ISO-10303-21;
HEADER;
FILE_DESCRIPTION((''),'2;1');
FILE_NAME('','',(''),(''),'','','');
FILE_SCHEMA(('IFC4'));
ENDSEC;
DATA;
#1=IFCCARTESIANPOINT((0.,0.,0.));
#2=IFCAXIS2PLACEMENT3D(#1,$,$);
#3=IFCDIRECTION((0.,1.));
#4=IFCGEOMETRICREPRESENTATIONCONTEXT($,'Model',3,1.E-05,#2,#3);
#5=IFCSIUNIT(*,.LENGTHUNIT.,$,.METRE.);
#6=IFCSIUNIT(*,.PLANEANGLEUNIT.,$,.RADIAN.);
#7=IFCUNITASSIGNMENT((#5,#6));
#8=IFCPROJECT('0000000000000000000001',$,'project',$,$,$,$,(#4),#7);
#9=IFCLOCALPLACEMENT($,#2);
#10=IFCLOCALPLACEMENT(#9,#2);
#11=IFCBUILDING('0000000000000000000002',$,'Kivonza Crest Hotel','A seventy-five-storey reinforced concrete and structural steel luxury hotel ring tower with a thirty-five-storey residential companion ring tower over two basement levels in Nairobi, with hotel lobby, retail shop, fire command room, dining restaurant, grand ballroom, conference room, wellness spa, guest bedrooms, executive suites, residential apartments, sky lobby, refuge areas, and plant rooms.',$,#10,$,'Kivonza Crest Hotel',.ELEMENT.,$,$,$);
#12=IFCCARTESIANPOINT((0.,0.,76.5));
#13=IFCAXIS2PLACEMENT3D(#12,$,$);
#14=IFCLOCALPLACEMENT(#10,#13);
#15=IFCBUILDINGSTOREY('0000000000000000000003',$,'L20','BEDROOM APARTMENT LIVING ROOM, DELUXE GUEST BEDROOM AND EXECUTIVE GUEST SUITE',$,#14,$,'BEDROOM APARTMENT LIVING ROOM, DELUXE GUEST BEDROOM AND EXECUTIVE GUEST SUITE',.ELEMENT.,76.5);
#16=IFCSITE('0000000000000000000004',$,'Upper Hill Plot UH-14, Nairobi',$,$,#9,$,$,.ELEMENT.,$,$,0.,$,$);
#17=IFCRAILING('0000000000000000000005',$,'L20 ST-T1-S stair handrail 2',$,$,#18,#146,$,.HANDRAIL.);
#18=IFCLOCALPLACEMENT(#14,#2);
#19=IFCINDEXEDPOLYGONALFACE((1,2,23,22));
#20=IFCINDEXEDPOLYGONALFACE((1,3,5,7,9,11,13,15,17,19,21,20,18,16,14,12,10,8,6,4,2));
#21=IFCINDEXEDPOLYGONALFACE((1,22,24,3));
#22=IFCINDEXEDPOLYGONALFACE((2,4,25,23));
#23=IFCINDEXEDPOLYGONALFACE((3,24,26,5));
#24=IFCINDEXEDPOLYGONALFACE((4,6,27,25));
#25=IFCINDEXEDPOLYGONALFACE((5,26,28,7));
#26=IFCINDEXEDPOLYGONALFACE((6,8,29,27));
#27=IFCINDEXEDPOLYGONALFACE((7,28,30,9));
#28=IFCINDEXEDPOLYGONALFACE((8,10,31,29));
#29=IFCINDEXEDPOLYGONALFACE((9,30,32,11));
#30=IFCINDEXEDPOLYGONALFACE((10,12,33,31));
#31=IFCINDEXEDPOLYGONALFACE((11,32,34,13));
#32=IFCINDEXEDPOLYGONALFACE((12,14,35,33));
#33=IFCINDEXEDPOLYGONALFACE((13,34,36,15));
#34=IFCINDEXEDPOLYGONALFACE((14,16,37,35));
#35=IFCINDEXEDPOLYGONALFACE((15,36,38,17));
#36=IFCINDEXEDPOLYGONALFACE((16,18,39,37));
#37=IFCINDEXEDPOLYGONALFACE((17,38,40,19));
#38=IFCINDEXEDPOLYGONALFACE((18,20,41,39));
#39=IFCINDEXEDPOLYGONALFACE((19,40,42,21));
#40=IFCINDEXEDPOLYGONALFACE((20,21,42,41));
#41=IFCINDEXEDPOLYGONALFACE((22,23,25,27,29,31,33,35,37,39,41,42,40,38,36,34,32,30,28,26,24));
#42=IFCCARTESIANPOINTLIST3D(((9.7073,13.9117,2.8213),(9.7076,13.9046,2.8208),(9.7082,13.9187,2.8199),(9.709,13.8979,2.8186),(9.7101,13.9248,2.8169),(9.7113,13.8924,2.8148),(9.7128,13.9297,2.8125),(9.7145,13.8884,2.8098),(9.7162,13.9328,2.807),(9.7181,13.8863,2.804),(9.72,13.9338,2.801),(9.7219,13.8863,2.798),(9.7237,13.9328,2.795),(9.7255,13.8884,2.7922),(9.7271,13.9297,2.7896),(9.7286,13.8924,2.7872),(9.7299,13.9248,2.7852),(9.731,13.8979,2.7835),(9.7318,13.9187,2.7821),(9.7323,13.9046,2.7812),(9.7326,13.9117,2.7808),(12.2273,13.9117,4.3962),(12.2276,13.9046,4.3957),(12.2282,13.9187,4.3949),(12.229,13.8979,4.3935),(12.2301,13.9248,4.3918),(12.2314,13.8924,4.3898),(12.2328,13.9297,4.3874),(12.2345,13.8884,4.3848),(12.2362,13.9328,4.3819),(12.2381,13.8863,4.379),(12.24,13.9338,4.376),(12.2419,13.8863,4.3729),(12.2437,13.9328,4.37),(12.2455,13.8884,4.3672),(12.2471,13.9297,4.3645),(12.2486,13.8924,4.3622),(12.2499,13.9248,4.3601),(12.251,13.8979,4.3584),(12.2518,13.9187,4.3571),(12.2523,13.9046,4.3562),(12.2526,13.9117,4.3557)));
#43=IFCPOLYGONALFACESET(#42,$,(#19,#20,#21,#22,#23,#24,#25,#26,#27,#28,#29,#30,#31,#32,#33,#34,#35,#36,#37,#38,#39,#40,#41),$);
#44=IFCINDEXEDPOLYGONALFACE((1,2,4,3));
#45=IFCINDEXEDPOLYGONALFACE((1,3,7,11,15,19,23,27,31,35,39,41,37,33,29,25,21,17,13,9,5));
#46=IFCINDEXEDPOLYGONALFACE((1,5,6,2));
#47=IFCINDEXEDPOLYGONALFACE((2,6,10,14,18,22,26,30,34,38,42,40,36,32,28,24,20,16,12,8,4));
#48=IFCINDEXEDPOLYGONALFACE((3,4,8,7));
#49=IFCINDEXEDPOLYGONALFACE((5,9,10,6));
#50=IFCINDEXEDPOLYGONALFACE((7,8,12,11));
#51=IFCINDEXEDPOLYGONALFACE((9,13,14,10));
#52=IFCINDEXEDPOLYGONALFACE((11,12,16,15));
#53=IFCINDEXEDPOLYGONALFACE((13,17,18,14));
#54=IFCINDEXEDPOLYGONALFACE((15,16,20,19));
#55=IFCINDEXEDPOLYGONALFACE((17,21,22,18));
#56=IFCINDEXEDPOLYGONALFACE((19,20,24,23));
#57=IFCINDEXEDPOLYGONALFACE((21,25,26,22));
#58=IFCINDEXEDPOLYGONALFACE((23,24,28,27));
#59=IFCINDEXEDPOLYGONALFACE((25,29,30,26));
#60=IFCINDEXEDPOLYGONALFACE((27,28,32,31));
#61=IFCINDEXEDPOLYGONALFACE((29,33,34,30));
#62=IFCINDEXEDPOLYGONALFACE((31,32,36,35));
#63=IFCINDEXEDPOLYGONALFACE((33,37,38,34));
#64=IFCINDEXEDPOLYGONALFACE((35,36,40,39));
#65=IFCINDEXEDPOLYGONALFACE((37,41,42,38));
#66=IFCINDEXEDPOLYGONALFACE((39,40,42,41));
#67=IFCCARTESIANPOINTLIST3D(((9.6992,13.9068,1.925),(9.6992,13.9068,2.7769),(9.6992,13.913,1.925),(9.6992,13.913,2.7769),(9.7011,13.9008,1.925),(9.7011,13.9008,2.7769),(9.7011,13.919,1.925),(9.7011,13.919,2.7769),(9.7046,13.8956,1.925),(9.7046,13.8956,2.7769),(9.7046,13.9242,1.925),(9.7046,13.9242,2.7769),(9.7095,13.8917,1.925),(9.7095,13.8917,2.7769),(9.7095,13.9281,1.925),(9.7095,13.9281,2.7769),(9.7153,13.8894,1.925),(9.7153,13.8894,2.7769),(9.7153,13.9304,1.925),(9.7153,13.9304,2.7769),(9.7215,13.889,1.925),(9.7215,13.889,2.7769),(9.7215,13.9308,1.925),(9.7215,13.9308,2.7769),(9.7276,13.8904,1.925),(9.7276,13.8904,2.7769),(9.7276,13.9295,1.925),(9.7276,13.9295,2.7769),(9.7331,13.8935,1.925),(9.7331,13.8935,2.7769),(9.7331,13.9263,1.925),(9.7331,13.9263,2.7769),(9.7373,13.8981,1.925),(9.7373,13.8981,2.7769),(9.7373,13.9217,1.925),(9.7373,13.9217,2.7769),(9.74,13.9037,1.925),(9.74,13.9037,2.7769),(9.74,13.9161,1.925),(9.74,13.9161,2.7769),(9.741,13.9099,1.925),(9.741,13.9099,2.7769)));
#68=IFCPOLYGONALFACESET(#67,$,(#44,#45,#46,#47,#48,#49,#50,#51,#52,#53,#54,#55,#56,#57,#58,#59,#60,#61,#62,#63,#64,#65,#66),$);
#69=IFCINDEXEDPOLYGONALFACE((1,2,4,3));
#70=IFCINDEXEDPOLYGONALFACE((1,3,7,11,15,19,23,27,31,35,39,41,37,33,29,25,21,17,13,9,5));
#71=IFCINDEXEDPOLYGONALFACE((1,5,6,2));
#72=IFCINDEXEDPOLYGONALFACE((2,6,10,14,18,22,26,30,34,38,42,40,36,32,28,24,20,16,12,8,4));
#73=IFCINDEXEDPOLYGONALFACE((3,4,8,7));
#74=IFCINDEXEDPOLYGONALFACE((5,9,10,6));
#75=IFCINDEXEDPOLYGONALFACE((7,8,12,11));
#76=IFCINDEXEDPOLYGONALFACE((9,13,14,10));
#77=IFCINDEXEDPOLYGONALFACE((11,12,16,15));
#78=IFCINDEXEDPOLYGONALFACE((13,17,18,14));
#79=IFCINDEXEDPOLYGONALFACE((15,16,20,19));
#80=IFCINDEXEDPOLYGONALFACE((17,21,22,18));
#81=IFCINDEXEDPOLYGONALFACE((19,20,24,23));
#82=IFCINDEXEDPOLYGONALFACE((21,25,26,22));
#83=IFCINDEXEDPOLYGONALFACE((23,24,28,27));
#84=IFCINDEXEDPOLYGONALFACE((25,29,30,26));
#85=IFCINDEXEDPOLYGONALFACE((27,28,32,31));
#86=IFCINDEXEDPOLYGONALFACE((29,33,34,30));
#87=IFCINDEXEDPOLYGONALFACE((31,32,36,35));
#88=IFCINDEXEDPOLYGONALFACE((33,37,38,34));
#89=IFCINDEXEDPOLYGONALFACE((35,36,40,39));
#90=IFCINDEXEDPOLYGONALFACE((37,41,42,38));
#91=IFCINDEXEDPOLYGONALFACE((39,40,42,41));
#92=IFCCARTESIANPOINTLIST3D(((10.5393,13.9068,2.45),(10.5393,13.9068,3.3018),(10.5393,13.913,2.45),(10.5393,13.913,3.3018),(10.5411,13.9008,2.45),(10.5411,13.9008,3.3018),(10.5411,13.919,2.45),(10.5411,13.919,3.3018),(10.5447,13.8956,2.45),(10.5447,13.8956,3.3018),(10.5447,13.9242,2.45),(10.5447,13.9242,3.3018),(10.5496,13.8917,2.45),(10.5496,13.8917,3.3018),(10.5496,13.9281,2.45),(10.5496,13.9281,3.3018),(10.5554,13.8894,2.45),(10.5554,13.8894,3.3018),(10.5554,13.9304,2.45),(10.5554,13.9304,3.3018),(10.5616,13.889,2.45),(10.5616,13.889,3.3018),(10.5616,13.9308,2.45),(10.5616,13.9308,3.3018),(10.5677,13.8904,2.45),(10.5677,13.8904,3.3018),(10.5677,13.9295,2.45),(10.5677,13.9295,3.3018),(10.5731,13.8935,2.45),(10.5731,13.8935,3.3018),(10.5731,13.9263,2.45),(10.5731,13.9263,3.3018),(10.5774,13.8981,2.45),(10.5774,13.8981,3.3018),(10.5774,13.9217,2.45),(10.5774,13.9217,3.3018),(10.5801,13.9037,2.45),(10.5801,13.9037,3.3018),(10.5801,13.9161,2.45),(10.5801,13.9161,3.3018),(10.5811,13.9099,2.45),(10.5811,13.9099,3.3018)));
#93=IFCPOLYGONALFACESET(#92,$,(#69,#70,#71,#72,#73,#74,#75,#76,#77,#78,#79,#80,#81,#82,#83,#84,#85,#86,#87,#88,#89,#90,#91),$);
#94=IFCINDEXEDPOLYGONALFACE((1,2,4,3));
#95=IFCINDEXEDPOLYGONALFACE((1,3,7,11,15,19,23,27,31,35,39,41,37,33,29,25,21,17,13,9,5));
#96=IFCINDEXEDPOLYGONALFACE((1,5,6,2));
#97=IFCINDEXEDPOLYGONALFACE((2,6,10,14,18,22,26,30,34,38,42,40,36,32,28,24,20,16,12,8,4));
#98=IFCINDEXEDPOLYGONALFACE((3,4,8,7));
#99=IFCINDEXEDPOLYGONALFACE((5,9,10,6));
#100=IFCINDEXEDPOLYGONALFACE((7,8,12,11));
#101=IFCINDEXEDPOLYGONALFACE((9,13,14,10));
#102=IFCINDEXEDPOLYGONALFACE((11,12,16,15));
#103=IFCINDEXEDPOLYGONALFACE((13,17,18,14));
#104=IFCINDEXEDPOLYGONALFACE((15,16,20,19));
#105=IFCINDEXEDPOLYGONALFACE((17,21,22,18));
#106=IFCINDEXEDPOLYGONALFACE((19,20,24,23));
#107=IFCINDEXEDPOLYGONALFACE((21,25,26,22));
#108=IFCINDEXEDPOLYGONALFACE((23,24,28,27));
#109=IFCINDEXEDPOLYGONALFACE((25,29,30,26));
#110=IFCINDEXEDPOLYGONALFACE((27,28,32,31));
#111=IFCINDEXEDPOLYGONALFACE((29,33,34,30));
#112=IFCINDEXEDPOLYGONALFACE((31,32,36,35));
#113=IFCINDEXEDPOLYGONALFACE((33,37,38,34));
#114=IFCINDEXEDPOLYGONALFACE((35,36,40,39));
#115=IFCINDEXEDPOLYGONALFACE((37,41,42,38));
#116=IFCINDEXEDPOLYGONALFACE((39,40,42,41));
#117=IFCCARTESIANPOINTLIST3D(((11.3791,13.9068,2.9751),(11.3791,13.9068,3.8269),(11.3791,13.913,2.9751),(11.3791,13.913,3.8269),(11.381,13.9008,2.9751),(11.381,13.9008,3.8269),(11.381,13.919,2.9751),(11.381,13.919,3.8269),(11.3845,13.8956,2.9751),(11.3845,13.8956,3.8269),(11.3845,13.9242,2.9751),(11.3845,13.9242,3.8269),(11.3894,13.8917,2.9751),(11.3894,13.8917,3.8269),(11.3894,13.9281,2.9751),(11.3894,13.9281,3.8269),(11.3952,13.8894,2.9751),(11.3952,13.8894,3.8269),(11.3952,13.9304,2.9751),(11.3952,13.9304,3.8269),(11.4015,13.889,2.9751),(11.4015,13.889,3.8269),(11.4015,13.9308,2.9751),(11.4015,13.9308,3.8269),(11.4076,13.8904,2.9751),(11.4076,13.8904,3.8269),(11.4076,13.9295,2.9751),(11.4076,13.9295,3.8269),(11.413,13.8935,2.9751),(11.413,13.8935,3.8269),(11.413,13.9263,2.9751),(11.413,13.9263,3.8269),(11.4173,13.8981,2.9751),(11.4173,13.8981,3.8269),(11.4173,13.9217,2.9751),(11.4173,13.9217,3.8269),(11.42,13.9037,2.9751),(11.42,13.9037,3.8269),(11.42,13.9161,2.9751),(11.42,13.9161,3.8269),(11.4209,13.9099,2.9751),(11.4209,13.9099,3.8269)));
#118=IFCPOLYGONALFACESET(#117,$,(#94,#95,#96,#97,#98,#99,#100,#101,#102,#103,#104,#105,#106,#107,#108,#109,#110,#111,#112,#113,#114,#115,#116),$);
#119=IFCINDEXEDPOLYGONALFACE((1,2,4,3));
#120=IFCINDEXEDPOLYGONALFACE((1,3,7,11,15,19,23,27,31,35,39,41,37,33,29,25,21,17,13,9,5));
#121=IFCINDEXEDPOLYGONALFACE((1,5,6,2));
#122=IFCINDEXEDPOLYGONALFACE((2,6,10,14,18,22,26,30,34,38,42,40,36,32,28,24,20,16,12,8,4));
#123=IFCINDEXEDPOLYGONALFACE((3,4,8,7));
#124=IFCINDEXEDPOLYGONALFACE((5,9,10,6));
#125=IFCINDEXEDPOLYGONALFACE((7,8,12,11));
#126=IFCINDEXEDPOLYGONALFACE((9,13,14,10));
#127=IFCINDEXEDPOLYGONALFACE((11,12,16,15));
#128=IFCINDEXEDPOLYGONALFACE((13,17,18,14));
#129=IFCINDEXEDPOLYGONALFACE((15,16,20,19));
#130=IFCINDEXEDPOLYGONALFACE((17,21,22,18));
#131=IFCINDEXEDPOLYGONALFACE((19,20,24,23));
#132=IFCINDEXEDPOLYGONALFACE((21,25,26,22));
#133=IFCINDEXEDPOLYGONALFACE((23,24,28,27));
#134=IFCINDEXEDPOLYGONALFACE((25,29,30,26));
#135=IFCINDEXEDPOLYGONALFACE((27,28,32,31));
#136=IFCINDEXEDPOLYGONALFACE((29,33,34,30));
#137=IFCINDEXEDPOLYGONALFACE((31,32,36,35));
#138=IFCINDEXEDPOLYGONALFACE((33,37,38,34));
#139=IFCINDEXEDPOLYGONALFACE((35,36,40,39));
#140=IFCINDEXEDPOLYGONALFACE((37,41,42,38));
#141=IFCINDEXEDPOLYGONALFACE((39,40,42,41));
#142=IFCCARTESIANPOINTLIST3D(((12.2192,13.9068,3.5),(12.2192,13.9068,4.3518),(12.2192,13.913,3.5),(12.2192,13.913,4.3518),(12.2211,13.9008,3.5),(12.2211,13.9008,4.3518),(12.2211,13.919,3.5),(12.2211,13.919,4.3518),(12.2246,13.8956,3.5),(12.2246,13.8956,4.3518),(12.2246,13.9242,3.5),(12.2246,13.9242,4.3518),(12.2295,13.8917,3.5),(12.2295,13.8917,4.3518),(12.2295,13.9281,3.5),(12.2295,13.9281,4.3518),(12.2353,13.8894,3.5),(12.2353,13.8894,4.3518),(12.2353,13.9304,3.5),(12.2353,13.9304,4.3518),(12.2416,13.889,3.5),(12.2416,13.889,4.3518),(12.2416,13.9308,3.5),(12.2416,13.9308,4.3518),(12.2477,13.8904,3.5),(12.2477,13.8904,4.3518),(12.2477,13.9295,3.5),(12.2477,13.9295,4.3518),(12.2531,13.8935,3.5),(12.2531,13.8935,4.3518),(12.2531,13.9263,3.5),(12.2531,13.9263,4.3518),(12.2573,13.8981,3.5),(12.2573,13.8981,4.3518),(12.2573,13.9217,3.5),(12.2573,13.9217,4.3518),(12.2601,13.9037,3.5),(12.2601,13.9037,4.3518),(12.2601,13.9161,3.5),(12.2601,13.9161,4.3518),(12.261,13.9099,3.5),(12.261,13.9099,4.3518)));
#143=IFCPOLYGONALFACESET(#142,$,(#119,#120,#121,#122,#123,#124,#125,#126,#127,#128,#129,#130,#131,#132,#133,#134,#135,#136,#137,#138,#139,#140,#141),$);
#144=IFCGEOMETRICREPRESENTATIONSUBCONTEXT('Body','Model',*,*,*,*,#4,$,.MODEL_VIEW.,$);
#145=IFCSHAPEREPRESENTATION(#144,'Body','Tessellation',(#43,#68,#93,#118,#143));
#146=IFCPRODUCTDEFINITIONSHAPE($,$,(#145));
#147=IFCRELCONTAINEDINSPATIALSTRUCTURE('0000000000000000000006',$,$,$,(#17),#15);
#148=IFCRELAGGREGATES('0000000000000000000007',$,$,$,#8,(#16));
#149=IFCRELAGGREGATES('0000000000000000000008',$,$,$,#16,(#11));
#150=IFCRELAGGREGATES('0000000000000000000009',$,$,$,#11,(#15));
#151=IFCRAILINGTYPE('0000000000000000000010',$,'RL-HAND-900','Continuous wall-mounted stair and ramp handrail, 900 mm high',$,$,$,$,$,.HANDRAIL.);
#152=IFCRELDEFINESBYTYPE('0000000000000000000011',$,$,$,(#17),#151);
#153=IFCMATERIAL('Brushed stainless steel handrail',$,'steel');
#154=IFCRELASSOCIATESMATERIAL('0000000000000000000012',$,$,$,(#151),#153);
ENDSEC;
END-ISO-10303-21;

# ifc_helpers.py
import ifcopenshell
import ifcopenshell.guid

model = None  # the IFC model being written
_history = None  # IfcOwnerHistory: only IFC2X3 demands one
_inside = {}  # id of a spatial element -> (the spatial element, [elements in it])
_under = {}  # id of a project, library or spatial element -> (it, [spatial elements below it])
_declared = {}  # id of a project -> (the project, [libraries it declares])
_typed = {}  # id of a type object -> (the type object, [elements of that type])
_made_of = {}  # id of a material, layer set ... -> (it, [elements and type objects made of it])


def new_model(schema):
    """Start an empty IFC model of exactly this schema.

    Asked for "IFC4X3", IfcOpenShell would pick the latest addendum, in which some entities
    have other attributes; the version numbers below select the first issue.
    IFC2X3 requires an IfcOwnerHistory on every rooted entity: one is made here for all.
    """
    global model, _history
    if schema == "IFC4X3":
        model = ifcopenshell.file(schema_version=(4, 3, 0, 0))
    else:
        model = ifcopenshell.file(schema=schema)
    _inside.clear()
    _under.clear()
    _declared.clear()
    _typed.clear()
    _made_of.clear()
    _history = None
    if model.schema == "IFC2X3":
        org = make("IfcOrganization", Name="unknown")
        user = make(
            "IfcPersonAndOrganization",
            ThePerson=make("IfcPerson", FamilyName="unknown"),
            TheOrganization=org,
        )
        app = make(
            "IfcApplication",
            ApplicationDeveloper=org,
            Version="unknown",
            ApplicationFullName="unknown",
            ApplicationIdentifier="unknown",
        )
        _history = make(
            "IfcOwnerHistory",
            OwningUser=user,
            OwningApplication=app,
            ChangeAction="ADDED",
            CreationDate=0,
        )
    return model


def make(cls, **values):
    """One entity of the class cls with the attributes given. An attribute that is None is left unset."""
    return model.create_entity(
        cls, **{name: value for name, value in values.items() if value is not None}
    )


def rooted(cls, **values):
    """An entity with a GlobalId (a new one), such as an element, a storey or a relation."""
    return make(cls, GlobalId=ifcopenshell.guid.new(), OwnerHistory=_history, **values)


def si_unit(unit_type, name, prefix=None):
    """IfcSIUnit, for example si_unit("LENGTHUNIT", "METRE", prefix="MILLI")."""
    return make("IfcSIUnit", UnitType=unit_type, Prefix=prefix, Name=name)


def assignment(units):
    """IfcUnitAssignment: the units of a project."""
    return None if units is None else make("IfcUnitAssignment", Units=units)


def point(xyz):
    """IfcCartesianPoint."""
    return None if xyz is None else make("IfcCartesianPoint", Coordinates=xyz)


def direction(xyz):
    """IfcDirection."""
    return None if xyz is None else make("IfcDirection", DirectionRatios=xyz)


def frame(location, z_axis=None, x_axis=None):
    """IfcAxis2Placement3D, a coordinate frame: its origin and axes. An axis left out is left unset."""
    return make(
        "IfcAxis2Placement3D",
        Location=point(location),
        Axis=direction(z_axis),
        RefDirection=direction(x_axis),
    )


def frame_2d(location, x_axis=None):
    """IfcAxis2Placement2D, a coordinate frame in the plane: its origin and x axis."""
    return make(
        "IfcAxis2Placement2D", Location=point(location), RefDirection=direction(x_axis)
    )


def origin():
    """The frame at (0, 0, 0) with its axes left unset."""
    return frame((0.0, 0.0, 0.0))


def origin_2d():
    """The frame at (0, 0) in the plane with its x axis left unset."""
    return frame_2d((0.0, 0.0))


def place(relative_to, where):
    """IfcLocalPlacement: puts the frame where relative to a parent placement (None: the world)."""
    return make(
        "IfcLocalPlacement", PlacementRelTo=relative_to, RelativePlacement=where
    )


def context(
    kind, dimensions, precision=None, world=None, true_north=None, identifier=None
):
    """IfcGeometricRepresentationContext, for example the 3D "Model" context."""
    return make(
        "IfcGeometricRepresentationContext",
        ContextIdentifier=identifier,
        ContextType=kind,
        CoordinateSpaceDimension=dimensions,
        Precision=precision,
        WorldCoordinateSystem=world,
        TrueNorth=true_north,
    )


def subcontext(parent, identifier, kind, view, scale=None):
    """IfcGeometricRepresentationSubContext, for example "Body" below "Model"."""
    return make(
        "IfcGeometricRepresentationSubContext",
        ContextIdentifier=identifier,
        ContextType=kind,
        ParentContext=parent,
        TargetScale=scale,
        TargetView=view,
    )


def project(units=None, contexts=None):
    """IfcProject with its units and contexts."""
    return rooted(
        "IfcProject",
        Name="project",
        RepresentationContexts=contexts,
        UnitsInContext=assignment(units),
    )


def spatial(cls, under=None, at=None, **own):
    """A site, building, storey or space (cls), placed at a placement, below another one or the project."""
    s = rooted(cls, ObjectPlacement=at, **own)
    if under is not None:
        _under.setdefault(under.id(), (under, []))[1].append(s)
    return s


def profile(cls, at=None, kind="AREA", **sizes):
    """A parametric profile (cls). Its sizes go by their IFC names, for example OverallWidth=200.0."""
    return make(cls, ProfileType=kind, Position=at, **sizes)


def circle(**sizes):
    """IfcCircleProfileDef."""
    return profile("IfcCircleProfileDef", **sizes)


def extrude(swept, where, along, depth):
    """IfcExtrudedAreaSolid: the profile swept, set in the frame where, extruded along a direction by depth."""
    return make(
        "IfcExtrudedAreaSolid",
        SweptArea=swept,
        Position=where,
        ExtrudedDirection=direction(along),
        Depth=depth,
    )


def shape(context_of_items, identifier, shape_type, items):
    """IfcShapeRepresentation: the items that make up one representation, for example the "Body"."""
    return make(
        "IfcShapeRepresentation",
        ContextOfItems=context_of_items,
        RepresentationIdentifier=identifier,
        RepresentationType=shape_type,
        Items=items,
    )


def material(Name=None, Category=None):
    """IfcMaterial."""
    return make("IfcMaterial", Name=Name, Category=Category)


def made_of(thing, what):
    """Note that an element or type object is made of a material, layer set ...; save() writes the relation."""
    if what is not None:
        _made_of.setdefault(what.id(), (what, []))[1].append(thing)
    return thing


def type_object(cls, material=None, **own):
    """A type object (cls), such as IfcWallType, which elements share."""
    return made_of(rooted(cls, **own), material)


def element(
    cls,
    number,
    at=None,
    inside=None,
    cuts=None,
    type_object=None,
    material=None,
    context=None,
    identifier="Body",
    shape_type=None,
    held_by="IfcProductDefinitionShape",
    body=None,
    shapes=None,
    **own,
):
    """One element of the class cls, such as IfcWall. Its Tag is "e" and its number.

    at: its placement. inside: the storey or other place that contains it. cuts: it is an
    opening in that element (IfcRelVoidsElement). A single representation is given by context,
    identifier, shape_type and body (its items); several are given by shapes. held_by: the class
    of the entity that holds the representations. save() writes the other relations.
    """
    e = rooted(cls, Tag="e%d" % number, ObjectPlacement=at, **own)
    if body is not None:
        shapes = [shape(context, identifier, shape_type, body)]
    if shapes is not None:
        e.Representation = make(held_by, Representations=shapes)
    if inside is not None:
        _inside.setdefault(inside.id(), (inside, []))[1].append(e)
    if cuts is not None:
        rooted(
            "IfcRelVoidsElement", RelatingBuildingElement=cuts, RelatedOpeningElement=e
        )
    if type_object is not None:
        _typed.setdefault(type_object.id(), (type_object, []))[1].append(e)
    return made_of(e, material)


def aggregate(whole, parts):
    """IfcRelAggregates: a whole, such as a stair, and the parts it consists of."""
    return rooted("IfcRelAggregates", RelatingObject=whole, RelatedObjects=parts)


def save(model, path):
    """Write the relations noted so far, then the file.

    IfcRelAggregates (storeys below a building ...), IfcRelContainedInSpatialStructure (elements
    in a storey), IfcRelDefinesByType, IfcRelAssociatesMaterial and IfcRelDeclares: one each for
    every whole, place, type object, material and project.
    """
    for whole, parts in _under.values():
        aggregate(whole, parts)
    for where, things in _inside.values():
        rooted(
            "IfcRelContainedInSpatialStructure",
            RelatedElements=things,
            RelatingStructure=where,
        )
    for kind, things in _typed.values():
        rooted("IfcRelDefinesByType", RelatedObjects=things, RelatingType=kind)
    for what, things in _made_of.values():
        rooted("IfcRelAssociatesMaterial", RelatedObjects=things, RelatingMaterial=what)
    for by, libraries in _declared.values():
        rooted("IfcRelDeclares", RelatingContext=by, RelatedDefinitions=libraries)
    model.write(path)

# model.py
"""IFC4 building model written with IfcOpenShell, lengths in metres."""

from ifc_helpers import new_model, si_unit, direction, frame, origin, origin_2d, place, context, subcontext, project, spatial, circle, extrude, material, type_object, element, save


model = new_model("IFC4")

# Units and contexts
model_context = context("Model", 3, precision=1e-05, world=origin(), true_north=direction((0.0, 1.0)))
body_context = subcontext(model_context, "Body", "Model", "MODEL_VIEW")
ifc_project = project(units=[si_unit("LENGTHUNIT", "METRE"), si_unit("PLANEANGLEUNIT", "RADIAN")], contexts=[model_context])

# Site, building, storey
site_placement = place(None, origin())
site = spatial("IfcSite", under=ifc_project, at=site_placement, Name="Upper Hill Plot UH-14, Nairobi", CompositionType="ELEMENT", RefElevation=0.0)
building_placement = place(site_placement, origin())
building = spatial("IfcBuilding", under=site, at=building_placement, Name="Kivonza Crest Hotel", Description="A seventy-five-storey reinforced concrete and structural steel luxury hotel ring tower with a thirty-five-storey residential companion ring tower over two basement levels in Nairobi, with hotel lobby, retail shop, fire command room, dining restaurant, grand ballroom, conference room, wellness spa, guest bedrooms, executive suites, residential apartments, sky lobby, refuge areas, and plant rooms.", LongName="Kivonza Crest Hotel", CompositionType="ELEMENT")
storey_placement = place(building_placement, frame((0.0, 0.0, 76.5)))
storey = spatial("IfcBuildingStorey", under=building, at=storey_placement, Name="L20", Description="BEDROOM APARTMENT LIVING ROOM, DELUXE GUEST BEDROOM AND EXECUTIVE GUEST SUITE", LongName="BEDROOM APARTMENT LIVING ROOM, DELUXE GUEST BEDROOM AND EXECUTIVE GUEST SUITE", CompositionType="ELEMENT", Elevation=76.5)

# Railing
ifc_material_1 = material(Name="Brushed stainless steel handrail", Category="steel")
railing_type_1 = type_object("IfcRailingType", Name="RL-HAND-900", Description="Continuous wall-mounted stair and ramp handrail, 900 mm high", PredefinedType="HANDRAIL", material=ifc_material_1)
railing_1_placement = place(storey_placement, frame((9.72, 13.9099, 1.925)))
element("IfcRailing", 1, at=railing_1_placement, inside=storey, type_object=railing_type_1, Name="L20 ST-T1-S stair handrail 2", PredefinedType="HANDRAIL", context=body_context, shape_type="SweptSolid", body=[
    extrude(circle(Radius=0.0239, at=origin_2d()), frame((0.0, 0.0, 0.876), z_axis=(0.848008, 0.0, 0.529984), x_axis=(0.0, 1.0, 0.0)), (0.0, 0.0, 1.0), 2.9717),
    extrude(circle(Radius=0.021, at=origin_2d()), origin(), (0.0, 0.0, 1.0), 0.8518),
    extrude(circle(Radius=0.021, at=origin_2d()), frame((0.8401, 0.0, 0.5249)), (0.0, 0.0, 1.0), 0.8518),
    extrude(circle(Radius=0.021, at=origin_2d()), frame((1.6799, 0.0, 1.05)), (0.0, 0.0, 1.0), 0.8518),
    extrude(circle(Radius=0.021, at=origin_2d()), frame((2.52, 0.0, 1.575)), (0.0, 0.0, 1.0), 0.8518),
])

save(model, "model.ifc")
